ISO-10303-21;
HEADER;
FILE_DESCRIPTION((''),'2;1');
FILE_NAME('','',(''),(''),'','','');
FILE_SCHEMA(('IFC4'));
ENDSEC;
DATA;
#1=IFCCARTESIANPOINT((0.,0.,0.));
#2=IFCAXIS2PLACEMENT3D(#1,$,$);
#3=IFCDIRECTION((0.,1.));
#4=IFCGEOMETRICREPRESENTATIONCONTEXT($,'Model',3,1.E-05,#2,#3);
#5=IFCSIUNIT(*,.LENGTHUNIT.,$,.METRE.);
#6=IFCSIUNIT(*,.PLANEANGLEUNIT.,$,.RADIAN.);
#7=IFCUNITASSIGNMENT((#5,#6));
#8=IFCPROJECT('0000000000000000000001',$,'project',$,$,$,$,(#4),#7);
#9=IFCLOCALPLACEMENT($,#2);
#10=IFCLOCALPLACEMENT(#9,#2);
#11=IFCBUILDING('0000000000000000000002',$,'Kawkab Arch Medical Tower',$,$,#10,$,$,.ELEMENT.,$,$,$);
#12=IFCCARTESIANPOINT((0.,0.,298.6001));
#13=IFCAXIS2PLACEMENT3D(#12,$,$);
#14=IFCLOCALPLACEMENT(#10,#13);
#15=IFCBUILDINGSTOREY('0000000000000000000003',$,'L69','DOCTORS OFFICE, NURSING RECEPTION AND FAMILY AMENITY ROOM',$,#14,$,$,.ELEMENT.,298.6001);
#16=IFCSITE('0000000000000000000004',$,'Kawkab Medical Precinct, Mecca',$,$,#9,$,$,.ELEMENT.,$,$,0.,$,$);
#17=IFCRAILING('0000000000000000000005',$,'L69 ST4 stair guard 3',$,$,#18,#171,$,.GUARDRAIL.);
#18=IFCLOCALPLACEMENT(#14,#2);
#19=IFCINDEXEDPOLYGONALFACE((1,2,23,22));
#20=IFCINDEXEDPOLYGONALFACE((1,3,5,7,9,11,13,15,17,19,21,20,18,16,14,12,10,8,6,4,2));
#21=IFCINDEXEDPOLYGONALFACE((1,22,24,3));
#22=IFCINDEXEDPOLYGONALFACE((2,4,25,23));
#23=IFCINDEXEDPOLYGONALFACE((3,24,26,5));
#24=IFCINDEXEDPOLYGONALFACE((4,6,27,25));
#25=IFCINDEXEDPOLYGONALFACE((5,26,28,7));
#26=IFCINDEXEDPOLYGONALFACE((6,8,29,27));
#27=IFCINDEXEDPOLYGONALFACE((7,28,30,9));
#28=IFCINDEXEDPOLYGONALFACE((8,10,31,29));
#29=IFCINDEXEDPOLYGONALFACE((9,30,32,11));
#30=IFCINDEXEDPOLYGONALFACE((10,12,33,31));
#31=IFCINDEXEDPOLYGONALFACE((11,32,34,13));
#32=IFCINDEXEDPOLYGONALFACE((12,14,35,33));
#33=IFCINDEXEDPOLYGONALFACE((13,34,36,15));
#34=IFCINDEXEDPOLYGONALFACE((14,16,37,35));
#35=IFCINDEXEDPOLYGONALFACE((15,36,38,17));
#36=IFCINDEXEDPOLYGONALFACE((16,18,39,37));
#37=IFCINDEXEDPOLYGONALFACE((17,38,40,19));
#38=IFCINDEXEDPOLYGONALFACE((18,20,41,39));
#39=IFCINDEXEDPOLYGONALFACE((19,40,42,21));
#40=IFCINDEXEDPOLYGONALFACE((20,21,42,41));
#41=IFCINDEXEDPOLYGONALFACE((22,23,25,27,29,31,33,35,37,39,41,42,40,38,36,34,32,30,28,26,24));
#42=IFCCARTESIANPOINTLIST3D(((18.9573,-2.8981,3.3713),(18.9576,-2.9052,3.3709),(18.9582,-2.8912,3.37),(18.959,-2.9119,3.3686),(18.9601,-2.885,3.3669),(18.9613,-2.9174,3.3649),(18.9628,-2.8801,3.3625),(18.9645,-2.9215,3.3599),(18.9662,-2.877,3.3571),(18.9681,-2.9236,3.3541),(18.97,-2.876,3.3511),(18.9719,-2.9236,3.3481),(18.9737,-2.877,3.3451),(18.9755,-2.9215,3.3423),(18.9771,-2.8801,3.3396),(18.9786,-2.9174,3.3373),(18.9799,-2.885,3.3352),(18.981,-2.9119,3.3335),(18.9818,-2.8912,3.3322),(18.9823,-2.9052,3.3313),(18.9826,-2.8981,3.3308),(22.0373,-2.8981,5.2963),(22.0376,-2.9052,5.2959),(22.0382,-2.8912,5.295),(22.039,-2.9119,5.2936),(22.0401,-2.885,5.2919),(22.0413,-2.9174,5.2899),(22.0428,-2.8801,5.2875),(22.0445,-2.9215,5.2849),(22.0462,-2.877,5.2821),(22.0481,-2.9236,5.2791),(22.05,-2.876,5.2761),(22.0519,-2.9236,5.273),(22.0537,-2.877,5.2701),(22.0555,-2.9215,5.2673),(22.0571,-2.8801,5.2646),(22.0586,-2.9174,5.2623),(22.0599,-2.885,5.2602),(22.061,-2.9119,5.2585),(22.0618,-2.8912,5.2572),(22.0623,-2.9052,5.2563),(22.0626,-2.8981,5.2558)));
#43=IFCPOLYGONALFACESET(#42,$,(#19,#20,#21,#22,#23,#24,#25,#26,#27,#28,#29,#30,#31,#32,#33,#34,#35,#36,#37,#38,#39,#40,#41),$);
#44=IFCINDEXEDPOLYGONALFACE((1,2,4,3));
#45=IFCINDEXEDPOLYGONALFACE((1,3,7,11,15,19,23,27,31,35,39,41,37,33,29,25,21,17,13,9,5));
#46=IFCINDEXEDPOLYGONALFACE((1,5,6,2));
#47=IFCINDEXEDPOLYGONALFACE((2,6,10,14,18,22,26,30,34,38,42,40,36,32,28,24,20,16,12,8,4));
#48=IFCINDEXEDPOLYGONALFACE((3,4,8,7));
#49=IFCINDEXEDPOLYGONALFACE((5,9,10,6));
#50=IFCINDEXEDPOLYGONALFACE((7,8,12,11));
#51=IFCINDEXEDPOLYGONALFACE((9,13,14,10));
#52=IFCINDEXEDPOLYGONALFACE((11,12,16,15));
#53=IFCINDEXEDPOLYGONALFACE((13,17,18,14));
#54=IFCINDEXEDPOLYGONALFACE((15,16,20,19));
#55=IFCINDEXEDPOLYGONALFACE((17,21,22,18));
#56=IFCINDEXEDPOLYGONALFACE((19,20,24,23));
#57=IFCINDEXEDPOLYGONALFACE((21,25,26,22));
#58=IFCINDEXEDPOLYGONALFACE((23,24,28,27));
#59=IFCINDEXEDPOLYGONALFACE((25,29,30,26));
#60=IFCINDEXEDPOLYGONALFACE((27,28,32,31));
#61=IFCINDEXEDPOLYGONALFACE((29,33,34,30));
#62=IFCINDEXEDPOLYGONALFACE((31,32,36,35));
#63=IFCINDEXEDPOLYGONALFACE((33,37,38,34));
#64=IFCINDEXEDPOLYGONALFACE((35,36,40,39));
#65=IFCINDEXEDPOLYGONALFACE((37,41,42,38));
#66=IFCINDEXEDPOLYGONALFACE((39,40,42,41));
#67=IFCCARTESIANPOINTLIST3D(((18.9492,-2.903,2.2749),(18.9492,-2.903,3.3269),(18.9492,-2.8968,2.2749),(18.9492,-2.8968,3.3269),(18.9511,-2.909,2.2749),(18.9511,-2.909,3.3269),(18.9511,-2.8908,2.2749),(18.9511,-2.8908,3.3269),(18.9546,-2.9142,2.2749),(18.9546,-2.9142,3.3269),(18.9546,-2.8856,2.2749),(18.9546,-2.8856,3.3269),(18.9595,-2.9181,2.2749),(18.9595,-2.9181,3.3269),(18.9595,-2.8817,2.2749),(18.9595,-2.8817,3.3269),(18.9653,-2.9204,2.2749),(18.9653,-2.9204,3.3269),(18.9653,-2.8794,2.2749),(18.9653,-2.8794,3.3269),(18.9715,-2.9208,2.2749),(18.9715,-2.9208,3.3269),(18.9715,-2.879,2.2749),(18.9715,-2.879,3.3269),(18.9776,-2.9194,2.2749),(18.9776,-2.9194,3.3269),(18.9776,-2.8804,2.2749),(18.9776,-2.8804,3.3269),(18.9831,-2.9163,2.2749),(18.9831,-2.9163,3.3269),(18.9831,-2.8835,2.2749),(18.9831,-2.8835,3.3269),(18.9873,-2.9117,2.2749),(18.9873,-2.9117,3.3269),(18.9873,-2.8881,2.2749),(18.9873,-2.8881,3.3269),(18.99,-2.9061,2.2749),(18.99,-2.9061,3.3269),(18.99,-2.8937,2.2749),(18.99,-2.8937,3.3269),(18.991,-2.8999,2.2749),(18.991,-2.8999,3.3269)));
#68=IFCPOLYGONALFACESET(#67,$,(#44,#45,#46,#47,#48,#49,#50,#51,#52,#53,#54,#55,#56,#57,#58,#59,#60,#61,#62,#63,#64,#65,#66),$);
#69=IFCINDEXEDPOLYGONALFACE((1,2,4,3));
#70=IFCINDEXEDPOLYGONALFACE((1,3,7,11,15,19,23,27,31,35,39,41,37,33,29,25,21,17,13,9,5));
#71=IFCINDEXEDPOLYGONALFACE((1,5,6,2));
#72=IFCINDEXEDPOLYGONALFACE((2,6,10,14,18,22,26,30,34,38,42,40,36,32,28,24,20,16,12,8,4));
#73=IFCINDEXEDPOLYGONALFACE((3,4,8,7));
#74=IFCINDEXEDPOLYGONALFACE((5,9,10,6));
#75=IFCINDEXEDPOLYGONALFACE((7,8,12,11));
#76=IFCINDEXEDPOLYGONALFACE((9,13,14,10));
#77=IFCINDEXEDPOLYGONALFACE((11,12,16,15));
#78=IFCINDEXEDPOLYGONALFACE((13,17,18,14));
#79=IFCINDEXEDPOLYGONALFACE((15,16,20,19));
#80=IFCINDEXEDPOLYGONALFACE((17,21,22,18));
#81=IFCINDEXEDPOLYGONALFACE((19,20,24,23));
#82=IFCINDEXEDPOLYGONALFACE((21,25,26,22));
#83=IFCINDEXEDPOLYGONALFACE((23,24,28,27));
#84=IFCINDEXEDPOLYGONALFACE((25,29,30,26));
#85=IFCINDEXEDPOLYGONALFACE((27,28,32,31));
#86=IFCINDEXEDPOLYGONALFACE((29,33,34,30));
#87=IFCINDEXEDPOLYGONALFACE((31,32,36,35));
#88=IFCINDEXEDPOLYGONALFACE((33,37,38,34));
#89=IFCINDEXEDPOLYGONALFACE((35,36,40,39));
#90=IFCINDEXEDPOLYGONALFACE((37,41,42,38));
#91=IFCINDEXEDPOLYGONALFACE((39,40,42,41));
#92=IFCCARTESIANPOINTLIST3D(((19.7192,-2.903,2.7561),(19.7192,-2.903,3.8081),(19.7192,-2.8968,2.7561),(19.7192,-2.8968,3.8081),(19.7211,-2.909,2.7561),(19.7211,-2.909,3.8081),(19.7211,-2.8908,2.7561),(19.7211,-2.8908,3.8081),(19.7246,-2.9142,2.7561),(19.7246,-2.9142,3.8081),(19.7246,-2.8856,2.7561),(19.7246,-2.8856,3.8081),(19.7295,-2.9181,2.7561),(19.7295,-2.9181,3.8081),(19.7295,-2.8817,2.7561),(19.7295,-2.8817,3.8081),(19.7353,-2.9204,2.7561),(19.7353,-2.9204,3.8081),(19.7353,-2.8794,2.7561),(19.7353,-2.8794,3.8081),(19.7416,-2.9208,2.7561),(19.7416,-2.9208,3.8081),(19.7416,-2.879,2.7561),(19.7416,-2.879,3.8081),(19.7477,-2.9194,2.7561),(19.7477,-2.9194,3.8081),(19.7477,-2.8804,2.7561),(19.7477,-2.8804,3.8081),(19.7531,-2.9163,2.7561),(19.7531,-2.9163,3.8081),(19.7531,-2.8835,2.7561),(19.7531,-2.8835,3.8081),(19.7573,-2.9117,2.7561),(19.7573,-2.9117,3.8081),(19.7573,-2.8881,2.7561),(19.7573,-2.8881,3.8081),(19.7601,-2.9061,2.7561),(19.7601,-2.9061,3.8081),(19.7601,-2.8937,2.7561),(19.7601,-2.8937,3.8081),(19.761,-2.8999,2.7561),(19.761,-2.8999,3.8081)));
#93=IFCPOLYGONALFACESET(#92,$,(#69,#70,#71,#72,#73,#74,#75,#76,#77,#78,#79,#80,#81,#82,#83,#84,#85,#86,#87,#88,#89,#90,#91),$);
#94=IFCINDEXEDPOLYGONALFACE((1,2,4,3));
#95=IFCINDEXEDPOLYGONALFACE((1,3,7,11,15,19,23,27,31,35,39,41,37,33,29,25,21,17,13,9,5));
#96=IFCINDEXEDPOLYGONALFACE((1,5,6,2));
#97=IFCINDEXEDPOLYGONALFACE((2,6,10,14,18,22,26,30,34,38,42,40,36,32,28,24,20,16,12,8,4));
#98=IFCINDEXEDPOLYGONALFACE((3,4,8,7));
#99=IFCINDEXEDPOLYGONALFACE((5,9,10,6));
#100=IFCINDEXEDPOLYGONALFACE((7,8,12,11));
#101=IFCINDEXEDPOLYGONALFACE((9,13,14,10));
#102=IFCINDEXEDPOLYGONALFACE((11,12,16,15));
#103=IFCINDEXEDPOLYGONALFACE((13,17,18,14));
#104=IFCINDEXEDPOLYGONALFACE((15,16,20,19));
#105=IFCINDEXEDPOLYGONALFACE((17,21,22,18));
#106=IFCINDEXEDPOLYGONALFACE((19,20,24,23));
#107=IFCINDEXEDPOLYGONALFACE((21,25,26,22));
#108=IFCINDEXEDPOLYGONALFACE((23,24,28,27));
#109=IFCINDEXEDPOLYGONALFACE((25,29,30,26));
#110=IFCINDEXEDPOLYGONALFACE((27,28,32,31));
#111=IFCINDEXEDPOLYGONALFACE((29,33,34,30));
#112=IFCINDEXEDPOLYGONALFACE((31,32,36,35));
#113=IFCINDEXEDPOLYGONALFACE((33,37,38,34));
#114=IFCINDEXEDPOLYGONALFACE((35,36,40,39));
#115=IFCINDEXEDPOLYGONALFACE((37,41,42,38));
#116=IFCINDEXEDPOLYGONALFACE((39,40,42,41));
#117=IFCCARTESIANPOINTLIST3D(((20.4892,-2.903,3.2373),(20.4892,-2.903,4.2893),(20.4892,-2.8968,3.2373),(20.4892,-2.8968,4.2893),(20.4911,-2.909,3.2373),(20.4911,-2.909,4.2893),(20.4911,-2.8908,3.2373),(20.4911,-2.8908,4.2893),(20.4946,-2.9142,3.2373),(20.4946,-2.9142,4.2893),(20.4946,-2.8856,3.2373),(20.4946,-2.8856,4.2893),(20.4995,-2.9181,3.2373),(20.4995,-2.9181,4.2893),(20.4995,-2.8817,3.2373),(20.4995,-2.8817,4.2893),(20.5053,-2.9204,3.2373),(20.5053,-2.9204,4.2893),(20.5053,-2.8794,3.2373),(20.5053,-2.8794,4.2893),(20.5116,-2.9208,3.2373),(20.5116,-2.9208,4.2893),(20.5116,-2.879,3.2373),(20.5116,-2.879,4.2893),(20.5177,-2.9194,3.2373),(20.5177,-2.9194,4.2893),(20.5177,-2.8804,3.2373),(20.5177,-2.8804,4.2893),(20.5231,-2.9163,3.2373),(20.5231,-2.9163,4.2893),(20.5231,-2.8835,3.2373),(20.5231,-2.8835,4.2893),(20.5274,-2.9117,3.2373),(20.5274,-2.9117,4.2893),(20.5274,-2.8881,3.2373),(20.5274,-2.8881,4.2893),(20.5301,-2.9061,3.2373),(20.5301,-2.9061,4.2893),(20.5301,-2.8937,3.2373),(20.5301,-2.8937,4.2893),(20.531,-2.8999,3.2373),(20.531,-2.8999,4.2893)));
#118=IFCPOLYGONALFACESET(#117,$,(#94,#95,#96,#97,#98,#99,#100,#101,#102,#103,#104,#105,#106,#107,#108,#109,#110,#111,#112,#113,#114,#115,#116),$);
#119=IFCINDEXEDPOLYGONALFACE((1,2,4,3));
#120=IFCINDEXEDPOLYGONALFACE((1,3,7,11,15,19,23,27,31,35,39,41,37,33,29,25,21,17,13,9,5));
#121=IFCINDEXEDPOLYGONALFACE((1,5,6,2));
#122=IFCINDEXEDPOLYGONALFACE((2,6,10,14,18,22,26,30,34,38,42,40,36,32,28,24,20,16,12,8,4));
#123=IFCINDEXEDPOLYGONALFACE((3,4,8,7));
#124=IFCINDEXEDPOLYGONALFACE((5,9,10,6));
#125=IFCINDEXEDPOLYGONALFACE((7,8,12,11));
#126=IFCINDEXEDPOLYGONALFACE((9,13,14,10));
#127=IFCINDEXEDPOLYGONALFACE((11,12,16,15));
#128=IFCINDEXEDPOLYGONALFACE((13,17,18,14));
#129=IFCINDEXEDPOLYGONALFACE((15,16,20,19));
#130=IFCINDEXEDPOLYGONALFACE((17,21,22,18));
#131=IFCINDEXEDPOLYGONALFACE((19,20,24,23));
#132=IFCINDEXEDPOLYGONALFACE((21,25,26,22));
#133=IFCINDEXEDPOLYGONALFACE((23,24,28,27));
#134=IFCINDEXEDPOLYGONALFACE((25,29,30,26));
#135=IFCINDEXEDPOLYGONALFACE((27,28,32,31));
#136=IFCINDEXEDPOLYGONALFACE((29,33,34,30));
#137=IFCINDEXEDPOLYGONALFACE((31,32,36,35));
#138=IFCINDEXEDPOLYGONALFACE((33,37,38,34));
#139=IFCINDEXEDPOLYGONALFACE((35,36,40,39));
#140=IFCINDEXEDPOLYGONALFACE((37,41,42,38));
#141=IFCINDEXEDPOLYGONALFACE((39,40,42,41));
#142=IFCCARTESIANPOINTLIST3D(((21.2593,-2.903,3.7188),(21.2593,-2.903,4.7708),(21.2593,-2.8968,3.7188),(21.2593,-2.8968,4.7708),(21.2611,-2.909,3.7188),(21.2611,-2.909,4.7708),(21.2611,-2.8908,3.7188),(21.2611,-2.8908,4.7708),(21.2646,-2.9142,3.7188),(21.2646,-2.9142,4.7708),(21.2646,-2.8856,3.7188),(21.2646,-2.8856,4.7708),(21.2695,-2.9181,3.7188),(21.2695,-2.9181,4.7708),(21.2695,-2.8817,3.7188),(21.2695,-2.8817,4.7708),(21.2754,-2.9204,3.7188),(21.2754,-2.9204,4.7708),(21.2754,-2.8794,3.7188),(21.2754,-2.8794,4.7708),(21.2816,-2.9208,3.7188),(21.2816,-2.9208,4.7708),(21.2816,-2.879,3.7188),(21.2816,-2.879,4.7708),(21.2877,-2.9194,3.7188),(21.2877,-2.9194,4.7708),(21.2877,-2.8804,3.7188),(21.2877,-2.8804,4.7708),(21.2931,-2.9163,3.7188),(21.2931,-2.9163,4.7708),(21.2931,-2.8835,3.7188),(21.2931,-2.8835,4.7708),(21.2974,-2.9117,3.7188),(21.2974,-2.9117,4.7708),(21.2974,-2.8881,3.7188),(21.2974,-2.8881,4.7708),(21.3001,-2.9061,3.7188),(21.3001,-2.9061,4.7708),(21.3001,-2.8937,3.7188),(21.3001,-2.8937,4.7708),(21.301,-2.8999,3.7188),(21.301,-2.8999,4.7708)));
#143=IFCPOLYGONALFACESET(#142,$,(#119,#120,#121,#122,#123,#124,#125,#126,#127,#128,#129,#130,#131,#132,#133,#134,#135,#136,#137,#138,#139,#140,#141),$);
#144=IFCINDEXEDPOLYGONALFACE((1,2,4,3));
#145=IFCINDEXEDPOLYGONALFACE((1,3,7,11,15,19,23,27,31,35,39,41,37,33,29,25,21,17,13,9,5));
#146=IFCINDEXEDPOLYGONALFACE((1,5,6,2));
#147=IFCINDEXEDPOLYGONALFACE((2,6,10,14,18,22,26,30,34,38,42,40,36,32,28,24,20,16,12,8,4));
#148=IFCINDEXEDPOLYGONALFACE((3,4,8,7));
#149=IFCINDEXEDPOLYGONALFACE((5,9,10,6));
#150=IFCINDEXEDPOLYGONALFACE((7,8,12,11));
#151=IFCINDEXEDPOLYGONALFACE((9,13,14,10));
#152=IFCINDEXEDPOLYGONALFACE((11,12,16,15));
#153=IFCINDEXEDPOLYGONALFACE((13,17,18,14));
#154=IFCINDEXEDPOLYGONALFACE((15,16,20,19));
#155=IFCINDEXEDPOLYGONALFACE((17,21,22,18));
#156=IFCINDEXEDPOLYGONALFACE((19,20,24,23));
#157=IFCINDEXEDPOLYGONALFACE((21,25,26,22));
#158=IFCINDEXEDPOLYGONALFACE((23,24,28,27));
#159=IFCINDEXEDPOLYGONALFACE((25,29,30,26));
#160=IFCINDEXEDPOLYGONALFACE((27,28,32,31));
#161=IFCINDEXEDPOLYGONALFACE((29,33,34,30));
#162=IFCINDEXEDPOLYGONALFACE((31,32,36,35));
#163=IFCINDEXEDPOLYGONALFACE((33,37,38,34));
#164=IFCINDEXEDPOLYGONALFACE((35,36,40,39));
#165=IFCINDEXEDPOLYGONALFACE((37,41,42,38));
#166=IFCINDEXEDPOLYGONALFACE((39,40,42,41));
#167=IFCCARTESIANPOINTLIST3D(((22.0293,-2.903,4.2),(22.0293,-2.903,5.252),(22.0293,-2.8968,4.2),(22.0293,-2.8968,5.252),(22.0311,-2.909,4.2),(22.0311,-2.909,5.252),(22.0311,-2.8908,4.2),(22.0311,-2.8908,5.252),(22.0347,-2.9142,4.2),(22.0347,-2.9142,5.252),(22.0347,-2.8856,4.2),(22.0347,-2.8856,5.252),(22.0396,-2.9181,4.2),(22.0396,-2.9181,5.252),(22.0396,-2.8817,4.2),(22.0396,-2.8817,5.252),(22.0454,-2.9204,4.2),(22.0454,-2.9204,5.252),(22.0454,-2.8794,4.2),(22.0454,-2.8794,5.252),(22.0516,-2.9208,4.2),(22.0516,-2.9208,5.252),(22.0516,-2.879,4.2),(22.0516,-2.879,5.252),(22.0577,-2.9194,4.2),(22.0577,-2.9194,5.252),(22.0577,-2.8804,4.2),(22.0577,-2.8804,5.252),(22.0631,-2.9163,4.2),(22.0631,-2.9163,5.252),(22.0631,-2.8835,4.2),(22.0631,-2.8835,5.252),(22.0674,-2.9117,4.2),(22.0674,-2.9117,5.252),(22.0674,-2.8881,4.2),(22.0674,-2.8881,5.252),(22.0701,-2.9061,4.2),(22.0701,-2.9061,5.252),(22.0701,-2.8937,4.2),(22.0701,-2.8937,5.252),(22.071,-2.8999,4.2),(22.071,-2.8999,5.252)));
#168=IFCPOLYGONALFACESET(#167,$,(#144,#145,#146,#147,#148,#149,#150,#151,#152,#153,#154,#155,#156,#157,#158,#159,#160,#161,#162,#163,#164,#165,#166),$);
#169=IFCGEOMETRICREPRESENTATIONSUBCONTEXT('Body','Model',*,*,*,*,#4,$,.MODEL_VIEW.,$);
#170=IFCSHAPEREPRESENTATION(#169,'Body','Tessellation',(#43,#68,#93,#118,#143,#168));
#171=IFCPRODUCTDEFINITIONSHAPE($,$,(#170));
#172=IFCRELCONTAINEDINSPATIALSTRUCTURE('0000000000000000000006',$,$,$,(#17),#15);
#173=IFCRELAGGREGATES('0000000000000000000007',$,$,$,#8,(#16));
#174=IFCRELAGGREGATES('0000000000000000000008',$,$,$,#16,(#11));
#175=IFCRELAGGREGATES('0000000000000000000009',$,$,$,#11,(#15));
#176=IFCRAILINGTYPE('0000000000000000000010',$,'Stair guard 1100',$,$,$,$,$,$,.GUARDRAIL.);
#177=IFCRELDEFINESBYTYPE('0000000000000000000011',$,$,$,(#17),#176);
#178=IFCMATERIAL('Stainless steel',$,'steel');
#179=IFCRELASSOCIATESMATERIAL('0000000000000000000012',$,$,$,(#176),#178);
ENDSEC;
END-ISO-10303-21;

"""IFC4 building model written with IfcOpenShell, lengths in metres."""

from ifc_helpers import new_model, si_unit, direction, frame, origin, origin_2d, place, context, subcontext, project, spatial, circle, extrude, material, type_object, element, save


model = new_model("IFC4")

# Units and contexts
model_context = context("Model", 3, precision=1e-05, world=origin(), true_north=direction((0.0, 1.0)))
body_context = subcontext(model_context, "Body", "Model", "MODEL_VIEW")
ifc_project = project(units=[si_unit("LENGTHUNIT", "METRE"), si_unit("PLANEANGLEUNIT", "RADIAN")], contexts=[model_context])

# Site, building, storey
site_placement = place(None, origin())
site = spatial("IfcSite", under=ifc_project, at=site_placement, Name="Kawkab Medical Precinct, Mecca", CompositionType="ELEMENT", RefElevation=0.0)
building_placement = place(site_placement, origin())
building = spatial("IfcBuilding", under=site, at=building_placement, Name="Kawkab Arch Medical Tower", CompositionType="ELEMENT")
storey_placement = place(building_placement, frame((0.0, 0.0, 298.6001)))
storey = spatial("IfcBuildingStorey", under=building, at=storey_placement, Name="L69", Description="DOCTORS OFFICE, NURSING RECEPTION AND FAMILY AMENITY ROOM", CompositionType="ELEMENT", Elevation=298.6001)

# Railing
ifc_material_1 = material(Name="Stainless steel", Category="steel")
railing_type_1 = type_object("IfcRailingType", Name="Stair guard 1100", PredefinedType="GUARDRAIL", material=ifc_material_1)
railing_1_placement = place(storey_placement, frame((18.97, -2.8999, 2.2749)))
element("IfcRailing", 1, at=railing_1_placement, inside=storey, type_object=railing_type_1, Name="L69 ST4 stair guard 3", PredefinedType="GUARDRAIL", context=body_context, shape_type="SweptSolid", body=[
    extrude(circle(Radius=0.0239, at=origin_2d()), frame((0.0, 0.0, 1.0762), z_axis=(0.847998, 0.0, 0.529999), x_axis=(0.0, 1.0, 0.0)), (0.0, 0.0, 1.0), 3.6321),
    extrude(circle(Radius=0.021, at=origin_2d()), origin(), (0.0, 0.0, 1.0), 1.052),
    extrude(circle(Radius=0.021, at=origin_2d()), frame((0.77, 0.0, 0.4812)), (0.0, 0.0, 1.0), 1.052),
    extrude(circle(Radius=0.021, at=origin_2d()), frame((1.54, 0.0, 0.9624)), (0.0, 0.0, 1.0), 1.052),
    extrude(circle(Radius=0.021, at=origin_2d()), frame((2.3101, 0.0, 1.4438)), (0.0, 0.0, 1.0), 1.052),
    extrude(circle(Radius=0.021, at=origin_2d()), frame((3.0801, 0.0, 1.925)), (0.0, 0.0, 1.0), 1.052),
])

save(model, "model.ifc")
